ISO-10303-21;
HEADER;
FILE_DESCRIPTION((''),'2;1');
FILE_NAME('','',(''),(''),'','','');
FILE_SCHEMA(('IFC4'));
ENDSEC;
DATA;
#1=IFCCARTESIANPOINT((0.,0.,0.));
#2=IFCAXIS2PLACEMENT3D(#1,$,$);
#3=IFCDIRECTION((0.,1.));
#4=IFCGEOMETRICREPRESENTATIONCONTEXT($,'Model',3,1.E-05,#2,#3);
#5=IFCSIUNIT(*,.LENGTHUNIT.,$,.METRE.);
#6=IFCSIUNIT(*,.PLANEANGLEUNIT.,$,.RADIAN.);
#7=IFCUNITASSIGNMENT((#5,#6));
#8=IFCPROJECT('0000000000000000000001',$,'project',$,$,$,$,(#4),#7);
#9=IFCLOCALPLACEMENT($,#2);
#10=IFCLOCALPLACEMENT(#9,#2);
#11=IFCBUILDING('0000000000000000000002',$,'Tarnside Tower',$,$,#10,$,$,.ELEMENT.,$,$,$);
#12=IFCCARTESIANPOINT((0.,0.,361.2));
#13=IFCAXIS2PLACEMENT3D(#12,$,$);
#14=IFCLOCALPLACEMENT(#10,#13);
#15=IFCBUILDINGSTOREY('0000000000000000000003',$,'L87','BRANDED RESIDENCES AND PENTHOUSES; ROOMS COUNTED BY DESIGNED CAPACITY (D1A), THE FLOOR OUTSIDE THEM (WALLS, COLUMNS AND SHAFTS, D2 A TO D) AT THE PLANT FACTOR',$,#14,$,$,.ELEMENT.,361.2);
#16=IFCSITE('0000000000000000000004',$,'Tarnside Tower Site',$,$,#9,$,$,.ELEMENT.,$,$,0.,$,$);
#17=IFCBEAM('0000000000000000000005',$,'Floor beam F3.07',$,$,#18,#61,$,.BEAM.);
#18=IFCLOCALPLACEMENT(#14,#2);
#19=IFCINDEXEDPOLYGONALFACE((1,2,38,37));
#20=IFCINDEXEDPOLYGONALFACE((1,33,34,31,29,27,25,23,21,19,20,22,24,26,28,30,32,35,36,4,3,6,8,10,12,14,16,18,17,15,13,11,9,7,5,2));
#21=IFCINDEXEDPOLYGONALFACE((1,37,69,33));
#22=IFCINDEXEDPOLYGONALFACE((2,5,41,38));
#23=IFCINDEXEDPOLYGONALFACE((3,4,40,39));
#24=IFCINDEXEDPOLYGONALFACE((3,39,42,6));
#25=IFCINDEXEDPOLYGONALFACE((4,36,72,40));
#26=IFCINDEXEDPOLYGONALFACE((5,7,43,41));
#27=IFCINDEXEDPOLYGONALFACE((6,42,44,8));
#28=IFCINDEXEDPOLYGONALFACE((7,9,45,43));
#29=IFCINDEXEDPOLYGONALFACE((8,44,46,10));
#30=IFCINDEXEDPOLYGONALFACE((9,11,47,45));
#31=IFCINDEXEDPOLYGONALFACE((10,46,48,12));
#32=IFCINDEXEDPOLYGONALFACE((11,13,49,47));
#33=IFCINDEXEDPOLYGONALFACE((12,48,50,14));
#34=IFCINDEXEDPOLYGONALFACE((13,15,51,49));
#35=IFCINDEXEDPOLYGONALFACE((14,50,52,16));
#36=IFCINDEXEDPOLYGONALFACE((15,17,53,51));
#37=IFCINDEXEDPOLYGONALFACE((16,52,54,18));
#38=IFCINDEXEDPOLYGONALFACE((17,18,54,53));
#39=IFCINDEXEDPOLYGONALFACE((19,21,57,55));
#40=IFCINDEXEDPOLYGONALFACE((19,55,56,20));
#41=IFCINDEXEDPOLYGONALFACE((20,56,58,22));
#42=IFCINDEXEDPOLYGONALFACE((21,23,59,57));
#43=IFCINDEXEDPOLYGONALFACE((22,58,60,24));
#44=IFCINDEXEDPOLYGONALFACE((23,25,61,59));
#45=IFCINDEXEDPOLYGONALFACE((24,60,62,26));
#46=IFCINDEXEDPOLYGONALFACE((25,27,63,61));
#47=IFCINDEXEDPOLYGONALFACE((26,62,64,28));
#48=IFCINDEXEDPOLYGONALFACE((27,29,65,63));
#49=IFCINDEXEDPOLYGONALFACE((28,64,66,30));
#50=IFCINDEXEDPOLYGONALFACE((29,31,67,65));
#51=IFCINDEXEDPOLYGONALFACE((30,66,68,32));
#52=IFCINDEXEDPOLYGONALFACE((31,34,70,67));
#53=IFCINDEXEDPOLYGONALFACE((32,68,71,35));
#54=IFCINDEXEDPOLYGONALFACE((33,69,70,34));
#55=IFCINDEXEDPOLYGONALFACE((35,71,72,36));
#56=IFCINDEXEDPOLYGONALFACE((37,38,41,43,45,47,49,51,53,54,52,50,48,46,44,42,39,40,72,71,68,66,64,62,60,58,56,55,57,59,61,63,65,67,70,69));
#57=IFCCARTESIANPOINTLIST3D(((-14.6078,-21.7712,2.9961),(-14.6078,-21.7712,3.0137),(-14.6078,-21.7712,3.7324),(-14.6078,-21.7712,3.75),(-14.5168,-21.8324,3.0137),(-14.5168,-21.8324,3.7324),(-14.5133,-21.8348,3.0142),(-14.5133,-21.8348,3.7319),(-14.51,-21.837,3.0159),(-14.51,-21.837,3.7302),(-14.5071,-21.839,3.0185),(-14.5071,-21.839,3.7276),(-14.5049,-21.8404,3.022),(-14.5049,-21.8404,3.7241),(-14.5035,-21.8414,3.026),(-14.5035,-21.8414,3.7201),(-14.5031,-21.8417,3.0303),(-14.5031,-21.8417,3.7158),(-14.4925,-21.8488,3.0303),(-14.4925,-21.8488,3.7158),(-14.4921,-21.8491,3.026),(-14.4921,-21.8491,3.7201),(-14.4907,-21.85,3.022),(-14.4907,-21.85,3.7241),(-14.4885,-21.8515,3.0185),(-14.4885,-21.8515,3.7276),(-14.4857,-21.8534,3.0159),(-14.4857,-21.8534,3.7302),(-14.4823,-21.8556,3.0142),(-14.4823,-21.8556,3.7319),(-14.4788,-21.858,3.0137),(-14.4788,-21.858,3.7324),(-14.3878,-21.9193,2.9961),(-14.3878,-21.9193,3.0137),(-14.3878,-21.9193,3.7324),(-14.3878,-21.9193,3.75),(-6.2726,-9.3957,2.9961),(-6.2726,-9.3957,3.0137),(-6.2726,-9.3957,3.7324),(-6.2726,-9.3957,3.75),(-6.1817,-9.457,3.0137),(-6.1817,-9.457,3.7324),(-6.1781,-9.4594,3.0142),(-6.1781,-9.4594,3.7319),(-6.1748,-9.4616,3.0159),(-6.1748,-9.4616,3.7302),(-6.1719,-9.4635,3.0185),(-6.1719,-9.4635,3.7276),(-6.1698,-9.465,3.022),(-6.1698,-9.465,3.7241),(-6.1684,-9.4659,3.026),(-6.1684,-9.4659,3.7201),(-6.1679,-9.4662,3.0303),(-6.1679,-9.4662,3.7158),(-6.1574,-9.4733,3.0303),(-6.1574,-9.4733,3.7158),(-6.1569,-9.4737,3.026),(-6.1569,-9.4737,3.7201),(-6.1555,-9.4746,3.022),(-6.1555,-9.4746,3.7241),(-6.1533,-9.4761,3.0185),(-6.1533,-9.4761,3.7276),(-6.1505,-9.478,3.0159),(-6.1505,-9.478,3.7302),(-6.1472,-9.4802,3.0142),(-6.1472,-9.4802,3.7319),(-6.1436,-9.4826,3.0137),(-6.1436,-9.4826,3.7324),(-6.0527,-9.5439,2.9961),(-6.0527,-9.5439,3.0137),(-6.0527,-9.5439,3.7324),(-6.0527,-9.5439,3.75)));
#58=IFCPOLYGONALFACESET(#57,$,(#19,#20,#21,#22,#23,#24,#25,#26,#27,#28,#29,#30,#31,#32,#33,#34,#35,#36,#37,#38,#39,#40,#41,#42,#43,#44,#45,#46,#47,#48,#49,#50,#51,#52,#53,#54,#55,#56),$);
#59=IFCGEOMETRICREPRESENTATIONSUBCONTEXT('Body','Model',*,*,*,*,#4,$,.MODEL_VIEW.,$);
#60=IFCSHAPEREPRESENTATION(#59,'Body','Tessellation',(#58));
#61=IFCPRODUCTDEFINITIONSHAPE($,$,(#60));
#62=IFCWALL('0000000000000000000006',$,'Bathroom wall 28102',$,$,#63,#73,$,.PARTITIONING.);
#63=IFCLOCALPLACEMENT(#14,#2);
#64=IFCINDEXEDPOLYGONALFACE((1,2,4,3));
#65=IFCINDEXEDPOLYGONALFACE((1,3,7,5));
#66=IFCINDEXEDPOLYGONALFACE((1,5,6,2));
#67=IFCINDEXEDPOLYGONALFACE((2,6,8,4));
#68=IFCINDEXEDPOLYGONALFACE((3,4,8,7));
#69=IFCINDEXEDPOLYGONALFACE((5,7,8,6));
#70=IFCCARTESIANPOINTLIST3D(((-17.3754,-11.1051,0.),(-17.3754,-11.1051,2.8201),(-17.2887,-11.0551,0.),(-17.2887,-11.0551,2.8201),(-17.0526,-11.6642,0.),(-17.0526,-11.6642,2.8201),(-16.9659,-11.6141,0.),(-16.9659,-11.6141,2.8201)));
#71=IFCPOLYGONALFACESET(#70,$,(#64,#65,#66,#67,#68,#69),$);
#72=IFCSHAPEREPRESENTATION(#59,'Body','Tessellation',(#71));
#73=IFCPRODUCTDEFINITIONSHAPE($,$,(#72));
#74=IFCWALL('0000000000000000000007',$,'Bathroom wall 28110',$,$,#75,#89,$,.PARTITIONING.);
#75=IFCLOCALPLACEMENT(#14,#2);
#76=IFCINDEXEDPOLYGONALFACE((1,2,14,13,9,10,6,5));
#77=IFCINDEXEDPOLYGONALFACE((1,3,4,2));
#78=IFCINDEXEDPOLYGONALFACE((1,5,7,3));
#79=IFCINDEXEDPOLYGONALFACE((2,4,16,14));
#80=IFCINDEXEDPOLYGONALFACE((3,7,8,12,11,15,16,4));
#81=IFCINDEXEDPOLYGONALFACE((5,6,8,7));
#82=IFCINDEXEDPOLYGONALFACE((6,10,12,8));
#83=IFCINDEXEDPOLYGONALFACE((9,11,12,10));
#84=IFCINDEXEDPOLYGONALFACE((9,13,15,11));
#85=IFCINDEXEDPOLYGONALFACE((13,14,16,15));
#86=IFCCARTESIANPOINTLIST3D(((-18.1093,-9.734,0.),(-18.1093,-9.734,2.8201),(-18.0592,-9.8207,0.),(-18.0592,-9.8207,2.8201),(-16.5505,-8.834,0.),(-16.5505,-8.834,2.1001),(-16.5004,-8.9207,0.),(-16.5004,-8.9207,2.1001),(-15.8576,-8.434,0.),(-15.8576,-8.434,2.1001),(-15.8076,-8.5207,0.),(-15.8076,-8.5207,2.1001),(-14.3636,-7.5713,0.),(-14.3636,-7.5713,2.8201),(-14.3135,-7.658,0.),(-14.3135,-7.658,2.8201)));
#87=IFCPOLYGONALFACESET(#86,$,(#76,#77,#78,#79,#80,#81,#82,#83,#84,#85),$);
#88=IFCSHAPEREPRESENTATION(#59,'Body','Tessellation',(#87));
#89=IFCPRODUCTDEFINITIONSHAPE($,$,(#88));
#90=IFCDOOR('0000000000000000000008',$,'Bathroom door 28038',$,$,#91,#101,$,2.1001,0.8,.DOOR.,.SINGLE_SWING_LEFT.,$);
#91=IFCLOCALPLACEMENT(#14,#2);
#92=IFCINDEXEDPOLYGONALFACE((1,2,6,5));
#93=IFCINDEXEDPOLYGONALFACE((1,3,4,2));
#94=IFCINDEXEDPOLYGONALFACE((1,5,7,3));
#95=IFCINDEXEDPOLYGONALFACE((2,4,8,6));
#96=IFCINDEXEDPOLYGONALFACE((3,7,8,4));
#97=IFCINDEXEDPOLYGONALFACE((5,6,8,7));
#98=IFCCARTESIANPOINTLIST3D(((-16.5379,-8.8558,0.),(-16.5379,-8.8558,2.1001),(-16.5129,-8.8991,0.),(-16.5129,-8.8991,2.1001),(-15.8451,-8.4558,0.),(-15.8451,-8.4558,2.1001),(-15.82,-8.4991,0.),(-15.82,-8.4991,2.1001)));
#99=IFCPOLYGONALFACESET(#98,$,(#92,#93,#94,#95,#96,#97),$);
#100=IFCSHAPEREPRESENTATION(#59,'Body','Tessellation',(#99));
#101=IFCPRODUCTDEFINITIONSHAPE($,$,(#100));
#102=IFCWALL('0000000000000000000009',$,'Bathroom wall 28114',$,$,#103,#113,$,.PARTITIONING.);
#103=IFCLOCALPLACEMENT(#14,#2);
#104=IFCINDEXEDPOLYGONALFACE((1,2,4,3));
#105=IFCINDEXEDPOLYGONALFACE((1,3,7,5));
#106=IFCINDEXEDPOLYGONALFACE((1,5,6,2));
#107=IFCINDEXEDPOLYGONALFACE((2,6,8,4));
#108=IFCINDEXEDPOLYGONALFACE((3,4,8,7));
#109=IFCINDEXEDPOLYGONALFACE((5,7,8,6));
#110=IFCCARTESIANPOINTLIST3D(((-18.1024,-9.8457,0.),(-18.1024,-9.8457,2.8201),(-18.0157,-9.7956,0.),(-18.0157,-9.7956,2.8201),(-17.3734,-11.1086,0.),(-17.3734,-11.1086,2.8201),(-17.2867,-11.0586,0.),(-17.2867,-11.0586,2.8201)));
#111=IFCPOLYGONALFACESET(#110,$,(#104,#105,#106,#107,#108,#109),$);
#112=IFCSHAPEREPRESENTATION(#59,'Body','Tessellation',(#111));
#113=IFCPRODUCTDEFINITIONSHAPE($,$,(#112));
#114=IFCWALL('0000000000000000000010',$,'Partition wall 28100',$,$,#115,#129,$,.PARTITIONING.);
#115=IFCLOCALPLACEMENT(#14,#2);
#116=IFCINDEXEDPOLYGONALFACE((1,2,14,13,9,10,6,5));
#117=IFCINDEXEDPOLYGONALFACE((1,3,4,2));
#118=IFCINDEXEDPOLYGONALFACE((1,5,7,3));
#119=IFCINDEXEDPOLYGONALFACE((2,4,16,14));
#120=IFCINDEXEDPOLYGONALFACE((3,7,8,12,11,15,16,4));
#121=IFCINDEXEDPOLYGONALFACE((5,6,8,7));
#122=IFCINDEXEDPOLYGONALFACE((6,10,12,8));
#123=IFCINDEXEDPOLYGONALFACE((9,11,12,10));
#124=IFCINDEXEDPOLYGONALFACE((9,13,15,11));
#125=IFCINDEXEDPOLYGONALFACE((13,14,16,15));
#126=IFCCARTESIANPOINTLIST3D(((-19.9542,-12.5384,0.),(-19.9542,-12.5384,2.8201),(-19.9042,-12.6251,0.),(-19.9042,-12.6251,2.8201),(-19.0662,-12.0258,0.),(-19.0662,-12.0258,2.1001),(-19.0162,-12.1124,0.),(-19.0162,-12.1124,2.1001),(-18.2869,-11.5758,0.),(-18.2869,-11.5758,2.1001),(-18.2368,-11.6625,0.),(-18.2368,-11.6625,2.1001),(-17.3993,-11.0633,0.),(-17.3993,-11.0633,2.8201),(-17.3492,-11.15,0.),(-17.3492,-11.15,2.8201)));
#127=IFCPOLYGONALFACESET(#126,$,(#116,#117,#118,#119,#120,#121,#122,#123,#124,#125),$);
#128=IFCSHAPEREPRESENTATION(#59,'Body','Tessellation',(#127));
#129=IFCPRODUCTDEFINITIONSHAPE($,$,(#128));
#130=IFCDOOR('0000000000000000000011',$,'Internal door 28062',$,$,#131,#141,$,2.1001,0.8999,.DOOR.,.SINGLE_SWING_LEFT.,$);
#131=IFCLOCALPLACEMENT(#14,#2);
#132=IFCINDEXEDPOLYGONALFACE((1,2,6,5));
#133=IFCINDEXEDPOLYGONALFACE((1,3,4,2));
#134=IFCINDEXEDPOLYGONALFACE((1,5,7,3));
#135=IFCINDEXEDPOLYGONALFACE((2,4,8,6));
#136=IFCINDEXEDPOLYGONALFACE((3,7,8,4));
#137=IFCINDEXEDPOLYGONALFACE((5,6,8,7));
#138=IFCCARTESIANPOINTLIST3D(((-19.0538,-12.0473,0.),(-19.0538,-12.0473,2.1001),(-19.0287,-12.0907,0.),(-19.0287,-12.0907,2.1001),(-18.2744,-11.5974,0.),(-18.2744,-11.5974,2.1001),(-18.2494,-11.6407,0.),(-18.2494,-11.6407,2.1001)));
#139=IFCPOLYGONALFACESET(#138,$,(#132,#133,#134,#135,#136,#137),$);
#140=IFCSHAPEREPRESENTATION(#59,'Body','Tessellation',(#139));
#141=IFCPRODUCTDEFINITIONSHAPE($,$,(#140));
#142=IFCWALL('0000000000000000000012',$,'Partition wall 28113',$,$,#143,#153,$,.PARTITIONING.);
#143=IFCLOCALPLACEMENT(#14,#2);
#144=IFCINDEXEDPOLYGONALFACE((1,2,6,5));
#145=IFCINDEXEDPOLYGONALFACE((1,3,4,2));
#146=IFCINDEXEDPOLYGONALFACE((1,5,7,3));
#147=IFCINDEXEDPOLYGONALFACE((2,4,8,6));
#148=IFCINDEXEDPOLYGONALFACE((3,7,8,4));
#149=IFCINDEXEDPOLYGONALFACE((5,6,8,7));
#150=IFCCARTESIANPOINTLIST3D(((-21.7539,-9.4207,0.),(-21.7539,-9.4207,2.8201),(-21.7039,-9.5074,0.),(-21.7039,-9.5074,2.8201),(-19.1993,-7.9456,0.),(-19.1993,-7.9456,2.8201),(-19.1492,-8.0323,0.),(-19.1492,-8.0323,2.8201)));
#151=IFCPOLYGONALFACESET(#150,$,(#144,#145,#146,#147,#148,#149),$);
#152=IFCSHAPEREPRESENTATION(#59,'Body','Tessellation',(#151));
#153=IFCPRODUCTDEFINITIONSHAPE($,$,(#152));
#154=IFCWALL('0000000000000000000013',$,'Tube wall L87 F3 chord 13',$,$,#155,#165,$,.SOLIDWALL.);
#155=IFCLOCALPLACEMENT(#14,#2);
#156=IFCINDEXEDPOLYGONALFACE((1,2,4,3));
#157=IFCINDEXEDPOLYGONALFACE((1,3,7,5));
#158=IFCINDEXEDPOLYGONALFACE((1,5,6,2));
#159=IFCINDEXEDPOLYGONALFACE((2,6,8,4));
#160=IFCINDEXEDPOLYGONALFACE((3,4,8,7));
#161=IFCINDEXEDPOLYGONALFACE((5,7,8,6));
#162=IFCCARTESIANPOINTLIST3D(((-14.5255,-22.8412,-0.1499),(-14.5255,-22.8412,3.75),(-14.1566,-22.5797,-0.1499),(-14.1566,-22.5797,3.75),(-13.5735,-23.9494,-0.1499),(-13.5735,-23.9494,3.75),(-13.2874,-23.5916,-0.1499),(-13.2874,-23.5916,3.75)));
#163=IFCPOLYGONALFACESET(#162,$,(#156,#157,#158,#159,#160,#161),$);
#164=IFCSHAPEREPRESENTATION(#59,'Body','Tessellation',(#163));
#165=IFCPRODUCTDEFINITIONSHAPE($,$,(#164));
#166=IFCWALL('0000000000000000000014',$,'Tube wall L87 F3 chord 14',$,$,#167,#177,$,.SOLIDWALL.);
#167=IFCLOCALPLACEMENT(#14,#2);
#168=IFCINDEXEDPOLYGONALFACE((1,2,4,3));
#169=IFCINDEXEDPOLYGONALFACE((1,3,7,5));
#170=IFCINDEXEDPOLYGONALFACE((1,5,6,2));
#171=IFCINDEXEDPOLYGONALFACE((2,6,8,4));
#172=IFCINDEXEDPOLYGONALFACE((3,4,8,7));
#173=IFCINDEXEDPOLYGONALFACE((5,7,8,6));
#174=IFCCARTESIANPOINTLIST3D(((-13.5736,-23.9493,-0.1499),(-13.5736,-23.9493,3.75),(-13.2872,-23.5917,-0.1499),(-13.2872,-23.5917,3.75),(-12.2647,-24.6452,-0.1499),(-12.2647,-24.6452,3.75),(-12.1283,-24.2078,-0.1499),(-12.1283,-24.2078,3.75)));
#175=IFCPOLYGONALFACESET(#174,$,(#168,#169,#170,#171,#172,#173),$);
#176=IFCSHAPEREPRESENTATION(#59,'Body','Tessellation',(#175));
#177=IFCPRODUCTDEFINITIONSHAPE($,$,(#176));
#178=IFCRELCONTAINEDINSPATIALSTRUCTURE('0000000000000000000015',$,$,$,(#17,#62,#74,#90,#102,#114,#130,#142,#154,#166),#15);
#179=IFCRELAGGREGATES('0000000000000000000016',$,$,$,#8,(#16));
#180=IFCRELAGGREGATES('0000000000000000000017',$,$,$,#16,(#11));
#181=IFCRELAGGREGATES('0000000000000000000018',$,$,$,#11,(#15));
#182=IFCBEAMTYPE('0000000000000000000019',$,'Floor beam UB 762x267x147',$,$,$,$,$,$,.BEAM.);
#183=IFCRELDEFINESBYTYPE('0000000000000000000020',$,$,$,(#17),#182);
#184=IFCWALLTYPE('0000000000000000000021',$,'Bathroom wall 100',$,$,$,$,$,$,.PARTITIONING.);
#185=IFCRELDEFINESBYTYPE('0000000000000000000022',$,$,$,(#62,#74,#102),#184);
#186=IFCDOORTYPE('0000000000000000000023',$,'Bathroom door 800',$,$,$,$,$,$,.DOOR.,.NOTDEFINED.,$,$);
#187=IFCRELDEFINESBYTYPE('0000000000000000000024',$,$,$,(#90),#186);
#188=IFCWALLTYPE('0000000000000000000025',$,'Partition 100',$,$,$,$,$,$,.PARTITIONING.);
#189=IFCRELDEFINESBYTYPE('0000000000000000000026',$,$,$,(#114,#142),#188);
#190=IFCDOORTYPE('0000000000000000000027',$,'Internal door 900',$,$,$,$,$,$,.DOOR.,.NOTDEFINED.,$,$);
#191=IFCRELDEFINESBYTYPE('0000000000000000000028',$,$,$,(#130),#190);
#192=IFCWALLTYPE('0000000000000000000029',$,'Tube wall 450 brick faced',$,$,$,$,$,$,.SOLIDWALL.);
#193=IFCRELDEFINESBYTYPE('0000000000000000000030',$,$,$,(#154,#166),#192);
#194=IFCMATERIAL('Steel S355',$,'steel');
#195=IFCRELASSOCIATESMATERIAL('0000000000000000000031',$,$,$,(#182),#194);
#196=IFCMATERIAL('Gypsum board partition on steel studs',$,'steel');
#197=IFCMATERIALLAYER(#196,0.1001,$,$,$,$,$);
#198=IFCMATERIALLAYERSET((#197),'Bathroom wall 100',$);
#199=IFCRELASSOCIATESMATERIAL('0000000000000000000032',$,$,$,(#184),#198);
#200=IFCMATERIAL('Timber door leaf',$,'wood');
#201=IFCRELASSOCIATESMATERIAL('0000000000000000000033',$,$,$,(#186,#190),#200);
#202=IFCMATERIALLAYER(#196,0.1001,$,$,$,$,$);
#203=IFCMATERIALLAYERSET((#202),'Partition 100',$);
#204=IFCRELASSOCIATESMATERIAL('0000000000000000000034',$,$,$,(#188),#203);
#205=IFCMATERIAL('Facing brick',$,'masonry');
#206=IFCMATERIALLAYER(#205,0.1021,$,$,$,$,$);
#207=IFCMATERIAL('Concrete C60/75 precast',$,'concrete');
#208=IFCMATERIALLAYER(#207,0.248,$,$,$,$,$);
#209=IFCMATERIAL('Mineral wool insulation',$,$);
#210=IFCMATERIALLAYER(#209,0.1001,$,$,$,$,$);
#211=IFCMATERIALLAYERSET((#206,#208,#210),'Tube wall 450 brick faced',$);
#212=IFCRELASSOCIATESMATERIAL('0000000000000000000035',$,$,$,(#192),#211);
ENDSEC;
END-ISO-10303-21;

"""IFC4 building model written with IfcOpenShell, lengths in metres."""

from ifc_helpers import new_model, si_unit, direction, frame, frame_2d, origin, origin_2d, place, context, subcontext, project, spatial, polyline, rectangle, i_section, outline, extrude, material, layer, layer_set, material_profile, profile_set, type_object, element, fill, save


model = new_model("IFC4")

# Units and contexts
model_context = context("Model", 3, precision=1e-05, world=origin(), true_north=direction((0.0, 1.0)))
body_context = subcontext(model_context, "Body", "Model", "MODEL_VIEW")
ifc_project = project(units=[si_unit("LENGTHUNIT", "METRE"), si_unit("PLANEANGLEUNIT", "RADIAN")], contexts=[model_context])

# Site, building, storey
site_placement = place(None, origin())
site = spatial("IfcSite", under=ifc_project, at=site_placement, Name="Tarnside Tower Site", CompositionType="ELEMENT", RefElevation=0.0)
building_placement = place(site_placement, origin())
building = spatial("IfcBuilding", under=site, at=building_placement, Name="Tarnside Tower", CompositionType="ELEMENT")
storey_placement = place(building_placement, frame((0.0, 0.0, 361.2)))
storey = spatial("IfcBuildingStorey", under=building, at=storey_placement, Name="L87", Description="BRANDED RESIDENCES AND PENTHOUSES; ROOMS COUNTED BY DESIGNED CAPACITY (D1A), THE FLOOR OUTSIDE THEM (WALLS, COLUMNS AND SHAFTS, D2 A TO D) AT THE PLANT FACTOR", CompositionType="ELEMENT", Elevation=361.2)

# Beam
ifc_material_1 = material(Name="Steel S355", Category="steel")
ifc_material_profile_1 = material_profile(ifc_material_1, i_section(OverallWidth=0.2651, OverallDepth=0.7539, WebThickness=0.0127, FlangeThickness=0.0176, FilletRadius=0.0166, at=origin_2d()), Name="UB 762x267x147")
ifc_profile_set_1 = profile_set([ifc_material_profile_1], Name="Steel S355")
beam_type_1 = type_object("IfcBeamType", Name="Floor beam UB 762x267x147", PredefinedType="BEAM", material=ifc_profile_set_1)
beam_1_placement = place(storey_placement, frame((-14.4978, -21.8452, 3.373), z_axis=(0.558632, 0.829415, 0.0), x_axis=(-0.829415, 0.558632, 0.0)))
element("IfcBeam", 1, at=beam_1_placement, inside=storey, type_object=beam_type_1, Name="Floor beam F3.07", PredefinedType="BEAM", context=body_context, shape_type="SweptSolid", body=[
    extrude(i_section(OverallWidth=0.2651, OverallDepth=0.7539, WebThickness=0.0127, FlangeThickness=0.0176, FilletRadius=0.0166, at=origin_2d()), origin(), (0.0, 0.0, 1.0), 14.9207),
])

# Wall
ifc_material_2 = material(Name="Gypsum board partition on steel studs", Category="steel")
ifc_layer_1 = layer(ifc_material_2, 0.1001)
ifc_layer_set_1 = layer_set([ifc_layer_1], Name="Bathroom wall 100")
wall_type_1 = type_object("IfcWallType", Name="Bathroom wall 100", PredefinedType="PARTITIONING", material=ifc_layer_set_1)
wall_1_placement = place(storey_placement, frame((-17.0093, -11.6392, 0.0), z_axis=(0.0, 0.0, 1.0), x_axis=(-0.499963, 0.866047, 0.0)))
element("IfcWall", 2, at=wall_1_placement, inside=storey, type_object=wall_type_1, Name="Bathroom wall 28102", PredefinedType="PARTITIONING", context=body_context, shape_type="SweptSolid", body=[
    extrude(rectangle(XDim=0.6455, YDim=0.1001, at=frame_2d((0.3228, 0.0))), origin(), (0.0, 0.0, 1.0), 2.8201),
])

# Wall, opening, door
wall_2_placement = place(storey_placement, frame((-18.0842, -9.7773, 0.0), z_axis=(0.0, 0.0, 1.0), x_axis=(0.866018, 0.500012, 0.0)))
wall_2 = element("IfcWall", 3, at=wall_2_placement, inside=storey, type_object=wall_type_1, Name="Bathroom wall 28110", PredefinedType="PARTITIONING", context=body_context, shape_type="SweptSolid", body=[
    extrude(rectangle(XDim=4.3252, YDim=0.1001, at=frame_2d((2.1626, 0.0))), origin(), (0.0, 0.0, 1.0), 2.8201),
])
opening_1_placement = place(wall_2_placement, frame((1.8, 0.0, 0.0)))
opening_1 = element("IfcOpeningElement", 4, at=opening_1_placement, cuts=wall_2, PredefinedType="OPENING", context=body_context, shape_type="SweptSolid", body=[
    extrude(rectangle(XDim=0.8, YDim=2.1001, at=frame_2d((0.3999, 1.05))), frame((0.0, 0.0601, 0.0), z_axis=(0.0, -1.0, 0.0), x_axis=(1.0, 0.0, 0.0)), (0.0, 0.0, 1.0), 0.1201),
])
ifc_material_3 = material(Name="Timber door leaf", Category="wood")
door_type_1 = type_object("IfcDoorType", Name="Bathroom door 800", OperationType="NOTDEFINED", PredefinedType="DOOR", material=ifc_material_3)
door_1_placement = place(opening_1_placement, origin())
door_1 = element("IfcDoor", 5, at=door_1_placement, inside=storey, type_object=door_type_1, Name="Bathroom door 28038", OperationType="SINGLE_SWING_LEFT", OverallHeight=2.1001, OverallWidth=0.8, PredefinedType="DOOR", context=body_context, shape_type="SweptSolid", body=[
    extrude(rectangle(XDim=0.8, YDim=2.1001, at=frame_2d((0.3999, 1.05))), frame((0.0, 0.0249, 0.0), z_axis=(0.0, -1.0, 0.0), x_axis=(1.0, 0.0, 0.0)), (0.0, 0.0, 1.0), 0.05),
])
fill(opening_1, door_1)

# Wall
wall_3_placement = place(storey_placement, frame((-17.3301, -11.0835, 0.0), z_axis=(0.0, 0.0, 1.0), x_axis=(-0.499921, 0.866071, 0.0)))
element("IfcWall", 6, at=wall_3_placement, inside=storey, type_object=wall_type_1, Name="Bathroom wall 28114", PredefinedType="PARTITIONING", context=body_context, shape_type="SweptSolid", body=[
    extrude(rectangle(XDim=1.4583, YDim=0.1001, at=frame_2d((0.729, 0.0))), origin(), (0.0, 0.0, 1.0), 2.8201),
])

# Wall, opening, door
ifc_layer_2 = layer(ifc_material_2, 0.1001)
ifc_layer_set_2 = layer_set([ifc_layer_2], Name="Partition 100")
wall_type_2 = type_object("IfcWallType", Name="Partition 100", PredefinedType="PARTITIONING", material=ifc_layer_set_2)
wall_4_placement = place(storey_placement, frame((-17.3743, -11.1067, 0.0), z_axis=(0.0, 0.0, 1.0), x_axis=(-0.866024, -0.500002, 0.0)))
wall_4 = element("IfcWall", 7, at=wall_4_placement, inside=storey, type_object=wall_type_2, Name="Partition wall 28100", PredefinedType="PARTITIONING", context=body_context, shape_type="SweptSolid", body=[
    extrude(rectangle(XDim=2.9502, YDim=0.1001, at=frame_2d((1.4751, 0.0))), origin(), (0.0, 0.0, 1.0), 2.8201),
])
opening_2_placement = place(wall_4_placement, frame((1.0249, 0.0, 0.0)))
opening_2 = element("IfcOpeningElement", 8, at=opening_2_placement, cuts=wall_4, PredefinedType="OPENING", context=body_context, shape_type="SweptSolid", body=[
    extrude(rectangle(XDim=0.8999, YDim=2.1001, at=frame_2d((0.45, 1.05))), frame((0.0, 0.0601, 0.0), z_axis=(0.0, -1.0, 0.0), x_axis=(1.0, 0.0, 0.0)), (0.0, 0.0, 1.0), 0.1201),
])
door_type_2 = type_object("IfcDoorType", Name="Internal door 900", OperationType="NOTDEFINED", PredefinedType="DOOR", material=ifc_material_3)
door_2_placement = place(opening_2_placement, origin())
door_2 = element("IfcDoor", 9, at=door_2_placement, inside=storey, type_object=door_type_2, Name="Internal door 28062", OperationType="SINGLE_SWING_LEFT", OverallHeight=2.1001, OverallWidth=0.8999, PredefinedType="DOOR", context=body_context, shape_type="SweptSolid", body=[
    extrude(rectangle(XDim=0.8999, YDim=2.1001, at=frame_2d((0.45, 1.05))), frame((0.0, 0.0249, 0.0), z_axis=(0.0, -1.0, 0.0), x_axis=(1.0, 0.0, 0.0)), (0.0, 0.0, 1.0), 0.05),
])
fill(opening_2, door_2)

# Walls
wall_5_placement = place(storey_placement, frame((-21.729, -9.4641, 0.0), z_axis=(0.0, 0.0, 1.0), x_axis=(0.866004, 0.500038, 0.0)))
element("IfcWall", 10, at=wall_5_placement, inside=storey, type_object=wall_type_2, Name="Partition wall 28113", PredefinedType="PARTITIONING", context=body_context, shape_type="SweptSolid", body=[
    extrude(rectangle(XDim=2.95, YDim=0.1001, at=frame_2d((1.4751, 0.0))), origin(), (0.0, 0.0, 1.0), 2.8201),
])
ifc_material_4 = material(Name="Facing brick", Category="masonry")
ifc_layer_3 = layer(ifc_material_4, 0.1021)
ifc_material_5 = material(Name="Concrete C60/75 precast", Category="concrete")
ifc_layer_4 = layer(ifc_material_5, 0.248)
ifc_material_6 = material(Name="Mineral wool insulation")
ifc_layer_5 = layer(ifc_material_6, 0.1001)
ifc_layer_set_3 = layer_set([ifc_layer_3, ifc_layer_4, ifc_layer_5], Name="Tube wall 450 brick faced")
wall_type_3 = type_object("IfcWallType", Name="Tube wall 450 brick faced", PredefinedType="SOLIDWALL", material=ifc_layer_set_3)
wall_6_placement = place(storey_placement, frame((-14.3411, -22.7104, -0.1499), z_axis=(0.0, 0.0, 1.0), x_axis=(0.651625, -0.758541, 0.0)))
element("IfcWall", 11, at=wall_6_placement, inside=storey, type_object=wall_type_3, Name="Tube wall L87 F3 chord 13", PredefinedType="SOLIDWALL", context=body_context, shape_type="SweptSolid", body=[
    extrude(outline(polyline([(-0.021, -0.2251), (1.4399, -0.2251), (1.355, 0.2251), (0.021, 0.2251), (-0.021, -0.2251)])), origin(), (0.0, 0.0, 1.0), 3.8999),
])
wall_7_placement = place(storey_placement, frame((-13.4304, -23.7705, -0.1499), z_axis=(0.0, 0.0, 1.0), x_axis=(0.882966, -0.469436, 0.0)))
element("IfcWall", 12, at=wall_7_placement, inside=storey, type_object=wall_type_3, Name="Tube wall L87 F3 chord 14", PredefinedType="SOLIDWALL", context=body_context, shape_type="SweptSolid", body=[
    extrude(outline(polyline([(-0.0425, -0.2251), (1.4399, -0.2251), (1.355, 0.2251), (0.0425, 0.2251), (-0.0425, -0.2251)])), origin(), (0.0, 0.0, 1.0), 3.8999),
])

save(model, "model.ifc")
